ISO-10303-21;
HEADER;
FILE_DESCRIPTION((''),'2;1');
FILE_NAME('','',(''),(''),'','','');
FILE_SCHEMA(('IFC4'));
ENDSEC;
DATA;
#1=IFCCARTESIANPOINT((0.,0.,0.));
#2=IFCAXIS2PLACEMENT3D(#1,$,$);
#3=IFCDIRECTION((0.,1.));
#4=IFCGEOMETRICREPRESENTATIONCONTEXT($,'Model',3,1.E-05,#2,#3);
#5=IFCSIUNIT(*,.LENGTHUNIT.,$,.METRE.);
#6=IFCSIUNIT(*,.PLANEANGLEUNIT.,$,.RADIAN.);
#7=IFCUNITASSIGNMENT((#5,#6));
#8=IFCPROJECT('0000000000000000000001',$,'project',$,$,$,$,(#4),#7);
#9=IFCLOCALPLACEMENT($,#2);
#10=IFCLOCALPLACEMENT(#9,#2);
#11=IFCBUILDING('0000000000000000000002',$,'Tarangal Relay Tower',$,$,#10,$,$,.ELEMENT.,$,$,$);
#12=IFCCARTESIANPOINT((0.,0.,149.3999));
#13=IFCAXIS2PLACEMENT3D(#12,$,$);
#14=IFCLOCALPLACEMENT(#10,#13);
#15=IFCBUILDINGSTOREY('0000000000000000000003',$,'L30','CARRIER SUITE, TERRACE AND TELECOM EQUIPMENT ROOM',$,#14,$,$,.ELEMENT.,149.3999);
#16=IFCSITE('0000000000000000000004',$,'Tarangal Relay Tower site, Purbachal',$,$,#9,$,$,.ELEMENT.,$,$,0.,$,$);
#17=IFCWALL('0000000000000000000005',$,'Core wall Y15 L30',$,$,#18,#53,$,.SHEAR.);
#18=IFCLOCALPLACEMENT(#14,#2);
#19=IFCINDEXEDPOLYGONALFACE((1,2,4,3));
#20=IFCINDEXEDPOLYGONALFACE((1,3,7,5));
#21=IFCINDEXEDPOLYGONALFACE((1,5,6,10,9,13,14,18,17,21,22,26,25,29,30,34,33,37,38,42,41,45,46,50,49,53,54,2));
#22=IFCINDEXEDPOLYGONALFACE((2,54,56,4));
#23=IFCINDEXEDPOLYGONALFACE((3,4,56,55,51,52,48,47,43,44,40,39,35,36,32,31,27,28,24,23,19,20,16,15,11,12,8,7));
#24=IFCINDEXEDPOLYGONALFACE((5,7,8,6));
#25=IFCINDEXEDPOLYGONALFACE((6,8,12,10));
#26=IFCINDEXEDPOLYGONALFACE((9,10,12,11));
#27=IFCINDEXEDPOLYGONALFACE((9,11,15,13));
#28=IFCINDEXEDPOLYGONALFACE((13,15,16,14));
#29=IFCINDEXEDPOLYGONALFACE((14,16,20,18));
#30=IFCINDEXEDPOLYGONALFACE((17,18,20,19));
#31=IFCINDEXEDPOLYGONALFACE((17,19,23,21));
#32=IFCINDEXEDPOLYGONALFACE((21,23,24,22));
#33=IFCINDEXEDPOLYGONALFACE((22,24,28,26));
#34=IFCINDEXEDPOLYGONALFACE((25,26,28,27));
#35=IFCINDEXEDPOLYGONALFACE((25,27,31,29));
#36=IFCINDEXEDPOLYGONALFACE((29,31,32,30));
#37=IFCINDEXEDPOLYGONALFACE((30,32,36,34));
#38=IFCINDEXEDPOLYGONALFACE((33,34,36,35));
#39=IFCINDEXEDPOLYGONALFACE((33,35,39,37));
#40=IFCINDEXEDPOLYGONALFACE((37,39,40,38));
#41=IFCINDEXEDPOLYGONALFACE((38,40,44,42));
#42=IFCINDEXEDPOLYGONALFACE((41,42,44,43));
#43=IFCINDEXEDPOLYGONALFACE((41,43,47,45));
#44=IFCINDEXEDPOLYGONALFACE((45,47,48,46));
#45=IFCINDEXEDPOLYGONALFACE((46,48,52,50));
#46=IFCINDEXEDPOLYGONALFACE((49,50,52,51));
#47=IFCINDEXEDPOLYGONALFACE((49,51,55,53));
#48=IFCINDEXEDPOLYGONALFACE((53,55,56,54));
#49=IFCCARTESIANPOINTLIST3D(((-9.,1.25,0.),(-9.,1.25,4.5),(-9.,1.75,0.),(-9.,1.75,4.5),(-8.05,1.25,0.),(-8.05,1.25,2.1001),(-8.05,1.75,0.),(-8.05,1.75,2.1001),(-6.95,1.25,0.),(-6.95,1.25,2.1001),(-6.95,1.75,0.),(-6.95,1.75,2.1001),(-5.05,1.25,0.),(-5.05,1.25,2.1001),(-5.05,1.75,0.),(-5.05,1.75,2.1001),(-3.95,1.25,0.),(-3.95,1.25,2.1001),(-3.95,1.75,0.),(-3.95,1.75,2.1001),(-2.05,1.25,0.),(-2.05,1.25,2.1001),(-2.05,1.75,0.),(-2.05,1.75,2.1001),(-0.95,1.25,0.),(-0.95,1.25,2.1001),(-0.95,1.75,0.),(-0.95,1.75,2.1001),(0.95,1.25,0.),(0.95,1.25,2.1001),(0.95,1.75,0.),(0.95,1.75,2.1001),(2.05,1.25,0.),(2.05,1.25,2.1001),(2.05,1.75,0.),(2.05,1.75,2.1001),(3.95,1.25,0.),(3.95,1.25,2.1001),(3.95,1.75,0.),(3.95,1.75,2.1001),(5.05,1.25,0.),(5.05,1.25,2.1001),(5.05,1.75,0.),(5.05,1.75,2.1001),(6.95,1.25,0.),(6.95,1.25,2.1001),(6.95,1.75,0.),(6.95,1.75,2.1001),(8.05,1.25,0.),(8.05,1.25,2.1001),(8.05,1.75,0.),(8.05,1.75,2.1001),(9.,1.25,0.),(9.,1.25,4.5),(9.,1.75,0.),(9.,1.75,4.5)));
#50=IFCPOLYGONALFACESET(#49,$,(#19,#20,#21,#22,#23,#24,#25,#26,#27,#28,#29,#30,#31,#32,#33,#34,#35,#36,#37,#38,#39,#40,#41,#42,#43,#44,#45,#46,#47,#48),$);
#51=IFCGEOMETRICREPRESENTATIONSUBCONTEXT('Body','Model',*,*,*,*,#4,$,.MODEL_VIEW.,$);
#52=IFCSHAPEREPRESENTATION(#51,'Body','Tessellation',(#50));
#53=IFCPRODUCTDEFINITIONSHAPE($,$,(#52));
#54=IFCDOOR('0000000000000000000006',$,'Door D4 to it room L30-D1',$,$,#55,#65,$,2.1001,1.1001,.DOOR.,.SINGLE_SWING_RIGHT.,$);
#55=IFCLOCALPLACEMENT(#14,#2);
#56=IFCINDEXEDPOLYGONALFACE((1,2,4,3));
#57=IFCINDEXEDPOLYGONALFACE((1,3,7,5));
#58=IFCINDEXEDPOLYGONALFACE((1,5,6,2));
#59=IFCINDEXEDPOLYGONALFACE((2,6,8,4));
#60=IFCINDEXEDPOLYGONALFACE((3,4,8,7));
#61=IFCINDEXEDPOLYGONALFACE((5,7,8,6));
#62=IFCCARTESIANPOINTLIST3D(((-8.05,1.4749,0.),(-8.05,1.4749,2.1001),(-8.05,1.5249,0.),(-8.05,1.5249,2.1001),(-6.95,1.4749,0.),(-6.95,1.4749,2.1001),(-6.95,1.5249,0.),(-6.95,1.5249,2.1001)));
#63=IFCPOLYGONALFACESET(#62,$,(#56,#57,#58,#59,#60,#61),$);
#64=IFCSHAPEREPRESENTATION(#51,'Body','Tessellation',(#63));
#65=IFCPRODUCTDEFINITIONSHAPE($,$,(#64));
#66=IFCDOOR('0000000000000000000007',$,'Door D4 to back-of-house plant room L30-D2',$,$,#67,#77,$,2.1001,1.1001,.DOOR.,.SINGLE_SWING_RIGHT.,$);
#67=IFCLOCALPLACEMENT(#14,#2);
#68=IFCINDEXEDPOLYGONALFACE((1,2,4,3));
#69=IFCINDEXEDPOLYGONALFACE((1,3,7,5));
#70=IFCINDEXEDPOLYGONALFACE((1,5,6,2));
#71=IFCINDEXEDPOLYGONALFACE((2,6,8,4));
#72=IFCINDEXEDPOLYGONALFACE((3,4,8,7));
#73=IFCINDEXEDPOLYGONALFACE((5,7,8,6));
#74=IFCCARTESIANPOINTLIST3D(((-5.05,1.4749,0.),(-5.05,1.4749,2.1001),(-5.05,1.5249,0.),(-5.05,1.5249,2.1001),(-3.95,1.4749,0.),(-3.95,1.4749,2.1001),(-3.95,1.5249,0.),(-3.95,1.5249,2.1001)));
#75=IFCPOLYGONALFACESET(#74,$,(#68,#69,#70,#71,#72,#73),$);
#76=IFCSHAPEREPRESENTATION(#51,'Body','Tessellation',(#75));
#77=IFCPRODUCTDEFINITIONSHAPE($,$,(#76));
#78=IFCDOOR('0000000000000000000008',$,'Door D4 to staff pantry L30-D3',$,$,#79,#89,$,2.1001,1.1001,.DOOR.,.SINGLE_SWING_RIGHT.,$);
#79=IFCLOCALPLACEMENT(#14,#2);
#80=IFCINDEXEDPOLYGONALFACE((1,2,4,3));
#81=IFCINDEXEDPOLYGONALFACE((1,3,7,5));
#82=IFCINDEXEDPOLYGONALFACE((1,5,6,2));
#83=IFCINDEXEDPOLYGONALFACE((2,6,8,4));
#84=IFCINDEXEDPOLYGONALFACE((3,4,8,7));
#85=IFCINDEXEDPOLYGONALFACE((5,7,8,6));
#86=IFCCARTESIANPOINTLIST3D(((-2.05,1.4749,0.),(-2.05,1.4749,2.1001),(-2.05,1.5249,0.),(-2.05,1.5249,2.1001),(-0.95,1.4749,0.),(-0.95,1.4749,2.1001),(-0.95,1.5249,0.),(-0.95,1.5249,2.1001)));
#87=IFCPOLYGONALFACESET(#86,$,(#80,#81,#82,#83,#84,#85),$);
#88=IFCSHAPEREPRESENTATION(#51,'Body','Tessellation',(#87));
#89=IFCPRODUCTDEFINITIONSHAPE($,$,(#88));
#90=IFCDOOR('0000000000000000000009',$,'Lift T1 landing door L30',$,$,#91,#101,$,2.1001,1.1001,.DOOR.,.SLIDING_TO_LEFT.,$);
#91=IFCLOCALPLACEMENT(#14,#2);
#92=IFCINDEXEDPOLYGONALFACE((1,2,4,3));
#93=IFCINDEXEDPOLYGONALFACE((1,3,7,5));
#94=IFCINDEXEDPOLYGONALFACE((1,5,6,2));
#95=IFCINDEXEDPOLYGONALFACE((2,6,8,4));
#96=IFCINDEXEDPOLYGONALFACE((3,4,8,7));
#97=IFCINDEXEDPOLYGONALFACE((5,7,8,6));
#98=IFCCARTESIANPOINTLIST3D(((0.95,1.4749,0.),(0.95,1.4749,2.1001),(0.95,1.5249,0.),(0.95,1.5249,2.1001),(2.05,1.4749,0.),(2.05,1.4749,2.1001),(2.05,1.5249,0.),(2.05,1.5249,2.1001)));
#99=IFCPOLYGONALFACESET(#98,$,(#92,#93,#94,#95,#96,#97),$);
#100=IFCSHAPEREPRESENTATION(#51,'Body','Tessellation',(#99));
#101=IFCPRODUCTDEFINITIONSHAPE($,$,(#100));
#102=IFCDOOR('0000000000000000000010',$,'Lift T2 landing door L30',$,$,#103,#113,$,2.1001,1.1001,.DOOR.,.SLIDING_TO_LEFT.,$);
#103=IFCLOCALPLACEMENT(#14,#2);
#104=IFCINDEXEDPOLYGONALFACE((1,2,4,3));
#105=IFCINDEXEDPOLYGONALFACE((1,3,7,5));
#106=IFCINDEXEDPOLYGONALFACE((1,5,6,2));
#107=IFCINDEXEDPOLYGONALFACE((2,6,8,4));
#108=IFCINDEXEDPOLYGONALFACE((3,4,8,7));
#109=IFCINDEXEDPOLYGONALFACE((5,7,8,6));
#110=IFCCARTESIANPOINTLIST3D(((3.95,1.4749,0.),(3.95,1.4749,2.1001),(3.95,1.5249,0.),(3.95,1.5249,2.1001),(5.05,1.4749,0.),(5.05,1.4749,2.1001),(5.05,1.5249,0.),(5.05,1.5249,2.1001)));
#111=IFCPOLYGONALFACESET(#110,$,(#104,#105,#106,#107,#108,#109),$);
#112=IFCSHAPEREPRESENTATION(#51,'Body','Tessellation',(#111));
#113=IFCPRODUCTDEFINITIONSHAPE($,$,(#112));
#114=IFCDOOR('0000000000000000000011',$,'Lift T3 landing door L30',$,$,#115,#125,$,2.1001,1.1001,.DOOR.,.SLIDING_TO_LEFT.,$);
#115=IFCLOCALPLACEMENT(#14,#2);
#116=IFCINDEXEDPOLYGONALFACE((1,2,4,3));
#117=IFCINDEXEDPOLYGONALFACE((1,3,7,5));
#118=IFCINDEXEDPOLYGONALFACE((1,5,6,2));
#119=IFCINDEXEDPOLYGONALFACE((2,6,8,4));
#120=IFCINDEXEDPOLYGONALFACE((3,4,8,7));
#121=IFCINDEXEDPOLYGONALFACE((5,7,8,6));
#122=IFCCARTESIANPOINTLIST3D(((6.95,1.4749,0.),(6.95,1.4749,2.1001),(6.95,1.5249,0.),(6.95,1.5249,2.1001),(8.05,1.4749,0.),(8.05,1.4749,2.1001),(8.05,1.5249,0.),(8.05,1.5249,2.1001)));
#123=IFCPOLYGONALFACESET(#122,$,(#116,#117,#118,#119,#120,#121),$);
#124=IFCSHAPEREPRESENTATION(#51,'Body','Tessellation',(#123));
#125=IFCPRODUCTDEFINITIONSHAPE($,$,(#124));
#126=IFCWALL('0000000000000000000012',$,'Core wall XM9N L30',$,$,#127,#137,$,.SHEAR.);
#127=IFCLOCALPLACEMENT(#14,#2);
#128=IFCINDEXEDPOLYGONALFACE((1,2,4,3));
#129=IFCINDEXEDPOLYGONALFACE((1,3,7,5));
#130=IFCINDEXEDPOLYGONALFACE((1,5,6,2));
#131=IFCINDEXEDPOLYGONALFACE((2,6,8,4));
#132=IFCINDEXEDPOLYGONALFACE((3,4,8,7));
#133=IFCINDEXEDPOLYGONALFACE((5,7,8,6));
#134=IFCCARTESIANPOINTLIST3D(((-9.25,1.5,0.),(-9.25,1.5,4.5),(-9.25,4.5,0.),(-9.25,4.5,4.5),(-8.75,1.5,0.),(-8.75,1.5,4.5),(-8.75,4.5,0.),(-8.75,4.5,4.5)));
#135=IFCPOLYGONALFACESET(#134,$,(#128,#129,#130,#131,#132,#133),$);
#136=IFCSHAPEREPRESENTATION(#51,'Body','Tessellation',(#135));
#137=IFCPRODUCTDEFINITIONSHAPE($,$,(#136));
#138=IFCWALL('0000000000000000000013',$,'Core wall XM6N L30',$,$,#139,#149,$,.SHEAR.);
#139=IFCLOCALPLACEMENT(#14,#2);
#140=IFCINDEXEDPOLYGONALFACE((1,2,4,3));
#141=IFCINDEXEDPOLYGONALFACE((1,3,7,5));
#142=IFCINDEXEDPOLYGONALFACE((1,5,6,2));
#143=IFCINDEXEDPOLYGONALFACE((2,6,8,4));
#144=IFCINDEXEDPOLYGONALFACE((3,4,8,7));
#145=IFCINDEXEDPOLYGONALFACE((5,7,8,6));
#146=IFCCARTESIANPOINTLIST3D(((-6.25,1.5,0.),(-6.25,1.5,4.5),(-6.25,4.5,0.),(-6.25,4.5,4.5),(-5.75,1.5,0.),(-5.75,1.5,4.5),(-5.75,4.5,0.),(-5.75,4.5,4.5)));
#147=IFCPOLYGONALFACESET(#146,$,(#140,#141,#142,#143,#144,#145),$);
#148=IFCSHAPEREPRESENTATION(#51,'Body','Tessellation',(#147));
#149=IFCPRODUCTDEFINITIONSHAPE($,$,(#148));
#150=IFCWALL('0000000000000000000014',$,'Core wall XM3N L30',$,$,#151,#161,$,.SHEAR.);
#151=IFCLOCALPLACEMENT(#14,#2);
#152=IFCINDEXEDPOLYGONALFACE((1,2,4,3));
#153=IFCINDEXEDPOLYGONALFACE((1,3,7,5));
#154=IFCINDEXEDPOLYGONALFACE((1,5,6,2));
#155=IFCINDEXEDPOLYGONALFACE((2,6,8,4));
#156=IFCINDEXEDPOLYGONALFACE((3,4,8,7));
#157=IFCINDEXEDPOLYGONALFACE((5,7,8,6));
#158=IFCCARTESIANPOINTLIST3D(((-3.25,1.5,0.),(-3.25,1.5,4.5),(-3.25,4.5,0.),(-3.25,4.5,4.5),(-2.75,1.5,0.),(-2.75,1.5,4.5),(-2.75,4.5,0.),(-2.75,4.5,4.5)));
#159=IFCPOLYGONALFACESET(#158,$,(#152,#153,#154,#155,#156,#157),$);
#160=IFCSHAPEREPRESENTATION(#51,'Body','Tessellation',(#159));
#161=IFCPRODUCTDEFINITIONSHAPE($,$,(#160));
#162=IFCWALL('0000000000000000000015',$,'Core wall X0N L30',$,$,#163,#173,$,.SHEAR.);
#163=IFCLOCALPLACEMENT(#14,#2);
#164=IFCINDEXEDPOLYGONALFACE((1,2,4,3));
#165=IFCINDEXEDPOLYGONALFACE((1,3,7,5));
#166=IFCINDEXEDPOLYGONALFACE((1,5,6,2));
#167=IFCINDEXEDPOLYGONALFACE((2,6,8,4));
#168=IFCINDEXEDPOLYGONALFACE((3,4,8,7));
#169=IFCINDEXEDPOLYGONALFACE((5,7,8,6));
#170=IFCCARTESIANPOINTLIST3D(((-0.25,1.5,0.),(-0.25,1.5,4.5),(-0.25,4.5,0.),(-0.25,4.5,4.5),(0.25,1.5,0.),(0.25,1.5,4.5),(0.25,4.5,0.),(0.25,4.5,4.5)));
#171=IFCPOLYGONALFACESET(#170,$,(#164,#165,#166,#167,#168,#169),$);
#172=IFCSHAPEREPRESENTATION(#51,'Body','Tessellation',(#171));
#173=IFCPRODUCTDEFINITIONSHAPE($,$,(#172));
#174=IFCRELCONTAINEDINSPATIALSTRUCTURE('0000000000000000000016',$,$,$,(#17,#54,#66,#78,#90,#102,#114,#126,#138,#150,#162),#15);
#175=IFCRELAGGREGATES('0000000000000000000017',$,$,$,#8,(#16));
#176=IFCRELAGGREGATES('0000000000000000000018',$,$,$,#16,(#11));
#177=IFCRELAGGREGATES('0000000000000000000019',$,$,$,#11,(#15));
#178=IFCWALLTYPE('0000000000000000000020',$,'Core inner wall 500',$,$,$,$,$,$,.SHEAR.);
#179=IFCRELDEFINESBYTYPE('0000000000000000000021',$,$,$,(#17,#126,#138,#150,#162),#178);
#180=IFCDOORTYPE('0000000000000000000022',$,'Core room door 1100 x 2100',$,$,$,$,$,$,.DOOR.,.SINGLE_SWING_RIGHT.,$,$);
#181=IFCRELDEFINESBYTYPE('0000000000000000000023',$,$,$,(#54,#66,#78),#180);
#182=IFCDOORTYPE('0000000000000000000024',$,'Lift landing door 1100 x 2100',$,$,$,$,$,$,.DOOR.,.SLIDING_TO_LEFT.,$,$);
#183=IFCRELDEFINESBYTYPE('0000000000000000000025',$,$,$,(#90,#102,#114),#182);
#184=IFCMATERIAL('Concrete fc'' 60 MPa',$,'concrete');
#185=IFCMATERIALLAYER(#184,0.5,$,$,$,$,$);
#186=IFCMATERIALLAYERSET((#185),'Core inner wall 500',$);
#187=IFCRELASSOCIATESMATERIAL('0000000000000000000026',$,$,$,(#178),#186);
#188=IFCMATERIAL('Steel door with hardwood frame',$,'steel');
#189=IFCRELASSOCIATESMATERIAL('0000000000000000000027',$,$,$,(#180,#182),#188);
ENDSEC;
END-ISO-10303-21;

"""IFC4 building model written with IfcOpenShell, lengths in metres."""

from ifc_helpers import new_model, si_unit, direction, frame, frame_2d, origin, place, context, subcontext, project, spatial, rectangle, extrude, material, layer, layer_set, type_object, element, fill, save


model = new_model("IFC4")

# Units and contexts
model_context = context("Model", 3, precision=1e-05, world=origin(), true_north=direction((0.0, 1.0)))
body_context = subcontext(model_context, "Body", "Model", "MODEL_VIEW")
ifc_project = project(units=[si_unit("LENGTHUNIT", "METRE"), si_unit("PLANEANGLEUNIT", "RADIAN")], contexts=[model_context])

# Site, building, storey
site_placement = place(None, origin())
site = spatial("IfcSite", under=ifc_project, at=site_placement, Name="Tarangal Relay Tower site, Purbachal", CompositionType="ELEMENT", RefElevation=0.0)
building_placement = place(site_placement, origin())
building = spatial("IfcBuilding", under=site, at=building_placement, Name="Tarangal Relay Tower", CompositionType="ELEMENT")
storey_placement = place(building_placement, frame((0.0, 0.0, 149.3999)))
storey = spatial("IfcBuildingStorey", under=building, at=storey_placement, Name="L30", Description="CARRIER SUITE, TERRACE AND TELECOM EQUIPMENT ROOM", CompositionType="ELEMENT", Elevation=149.3999)

# Wall, openings, doors
ifc_material_1 = material(Name="Concrete fc' 60 MPa", Category="concrete")
ifc_layer_1 = layer(ifc_material_1, 0.5)
ifc_layer_set_1 = layer_set([ifc_layer_1], Name="Core inner wall 500")
wall_type_1 = type_object("IfcWallType", Name="Core inner wall 500", PredefinedType="SHEAR", material=ifc_layer_set_1)
wall_1_placement = place(storey_placement, frame((-9.0, 1.5, 0.0), z_axis=(0.0, 0.0, 1.0), x_axis=(1.0, 0.0, 0.0)))
wall_1 = element("IfcWall", 1, at=wall_1_placement, inside=storey, type_object=wall_type_1, Name="Core wall Y15 L30", PredefinedType="SHEAR", context=body_context, shape_type="SweptSolid", body=[
    extrude(rectangle(XDim=18.0, YDim=0.5, at=frame_2d((9.0, 0.0))), origin(), (0.0, 0.0, 1.0), 4.5),
])
opening_1_placement = place(wall_1_placement, frame((9.95, 0.0, 0.0)))
opening_1 = element("IfcOpeningElement", 2, at=opening_1_placement, cuts=wall_1, PredefinedType="OPENING", context=body_context, shape_type="SweptSolid", body=[
    extrude(rectangle(XDim=1.1001, YDim=2.1001, at=frame_2d((0.55, 1.05))), frame((0.0, 0.26, 0.0), z_axis=(0.0, -1.0, 0.0), x_axis=(1.0, 0.0, 0.0)), (0.0, 0.0, 1.0), 0.52),
])
opening_2_placement = place(wall_1_placement, frame((12.95, 0.0, 0.0)))
opening_2 = element("IfcOpeningElement", 3, at=opening_2_placement, cuts=wall_1, PredefinedType="OPENING", context=body_context, shape_type="SweptSolid", body=[
    extrude(rectangle(XDim=1.1001, YDim=2.1001, at=frame_2d((0.55, 1.05))), frame((0.0, 0.26, 0.0), z_axis=(0.0, -1.0, 0.0), x_axis=(1.0, 0.0, 0.0)), (0.0, 0.0, 1.0), 0.52),
])
opening_3_placement = place(wall_1_placement, frame((15.95, 0.0, 0.0)))
opening_3 = element("IfcOpeningElement", 4, at=opening_3_placement, cuts=wall_1, PredefinedType="OPENING", context=body_context, shape_type="SweptSolid", body=[
    extrude(rectangle(XDim=1.1001, YDim=2.1001, at=frame_2d((0.55, 1.05))), frame((0.0, 0.26, 0.0), z_axis=(0.0, -1.0, 0.0), x_axis=(1.0, 0.0, 0.0)), (0.0, 0.0, 1.0), 0.52),
])
opening_4_placement = place(wall_1_placement, frame((0.95, 0.0, 0.0)))
opening_4 = element("IfcOpeningElement", 5, at=opening_4_placement, cuts=wall_1, PredefinedType="OPENING", context=body_context, shape_type="SweptSolid", body=[
    extrude(rectangle(XDim=1.1001, YDim=2.1001, at=frame_2d((0.55, 1.05))), frame((0.0, 0.26, 0.0), z_axis=(0.0, -1.0, 0.0), x_axis=(1.0, 0.0, 0.0)), (0.0, 0.0, 1.0), 0.52),
])
opening_5_placement = place(wall_1_placement, frame((3.95, 0.0, 0.0)))
opening_5 = element("IfcOpeningElement", 6, at=opening_5_placement, cuts=wall_1, PredefinedType="OPENING", context=body_context, shape_type="SweptSolid", body=[
    extrude(rectangle(XDim=1.1001, YDim=2.1001, at=frame_2d((0.55, 1.05))), frame((0.0, 0.26, 0.0), z_axis=(0.0, -1.0, 0.0), x_axis=(1.0, 0.0, 0.0)), (0.0, 0.0, 1.0), 0.52),
])
opening_6_placement = place(wall_1_placement, frame((6.95, 0.0, 0.0)))
opening_6 = element("IfcOpeningElement", 7, at=opening_6_placement, cuts=wall_1, PredefinedType="OPENING", context=body_context, shape_type="SweptSolid", body=[
    extrude(rectangle(XDim=1.1001, YDim=2.1001, at=frame_2d((0.55, 1.05))), frame((0.0, 0.26, 0.0), z_axis=(0.0, -1.0, 0.0), x_axis=(1.0, 0.0, 0.0)), (0.0, 0.0, 1.0), 0.52),
])
ifc_material_2 = material(Name="Steel door with hardwood frame", Category="steel")
door_type_1 = type_object("IfcDoorType", Name="Core room door 1100 x 2100", OperationType="SINGLE_SWING_RIGHT", PredefinedType="DOOR", material=ifc_material_2)
door_1_placement = place(opening_4_placement, origin())
door_1 = element("IfcDoor", 8, at=door_1_placement, inside=storey, type_object=door_type_1, Name="Door D4 to it room L30-D1", OperationType="SINGLE_SWING_RIGHT", OverallHeight=2.1001, OverallWidth=1.1001, PredefinedType="DOOR", context=body_context, shape_type="SweptSolid", body=[
    extrude(rectangle(XDim=1.1001, YDim=2.1001, at=frame_2d((0.55, 1.05))), frame((0.0, 0.0249, 0.0), z_axis=(0.0, -1.0, 0.0), x_axis=(1.0, 0.0, 0.0)), (0.0, 0.0, 1.0), 0.05),
])
fill(opening_4, door_1)
door_2_placement = place(opening_5_placement, origin())
door_2 = element("IfcDoor", 9, at=door_2_placement, inside=storey, type_object=door_type_1, Name="Door D4 to back-of-house plant room L30-D2", OperationType="SINGLE_SWING_RIGHT", OverallHeight=2.1001, OverallWidth=1.1001, PredefinedType="DOOR", context=body_context, shape_type="SweptSolid", body=[
    extrude(rectangle(XDim=1.1001, YDim=2.1001, at=frame_2d((0.55, 1.05))), frame((0.0, 0.0249, 0.0), z_axis=(0.0, -1.0, 0.0), x_axis=(1.0, 0.0, 0.0)), (0.0, 0.0, 1.0), 0.05),
])
fill(opening_5, door_2)
door_3_placement = place(opening_6_placement, origin())
door_3 = element("IfcDoor", 10, at=door_3_placement, inside=storey, type_object=door_type_1, Name="Door D4 to staff pantry L30-D3", OperationType="SINGLE_SWING_RIGHT", OverallHeight=2.1001, OverallWidth=1.1001, PredefinedType="DOOR", context=body_context, shape_type="SweptSolid", body=[
    extrude(rectangle(XDim=1.1001, YDim=2.1001, at=frame_2d((0.55, 1.05))), frame((0.0, 0.0249, 0.0), z_axis=(0.0, -1.0, 0.0), x_axis=(1.0, 0.0, 0.0)), (0.0, 0.0, 1.0), 0.05),
])
fill(opening_6, door_3)
door_type_2 = type_object("IfcDoorType", Name="Lift landing door 1100 x 2100", OperationType="SLIDING_TO_LEFT", PredefinedType="DOOR", material=ifc_material_2)
door_4_placement = place(opening_1_placement, origin())
door_4 = element("IfcDoor", 11, at=door_4_placement, inside=storey, type_object=door_type_2, Name="Lift T1 landing door L30", OperationType="SLIDING_TO_LEFT", OverallHeight=2.1001, OverallWidth=1.1001, PredefinedType="DOOR", context=body_context, shape_type="SweptSolid", body=[
    extrude(rectangle(XDim=1.1001, YDim=2.1001, at=frame_2d((0.55, 1.05))), frame((0.0, 0.0249, 0.0), z_axis=(0.0, -1.0, 0.0), x_axis=(1.0, 0.0, 0.0)), (0.0, 0.0, 1.0), 0.05),
])
fill(opening_1, door_4)
door_5_placement = place(opening_2_placement, origin())
door_5 = element("IfcDoor", 12, at=door_5_placement, inside=storey, type_object=door_type_2, Name="Lift T2 landing door L30", OperationType="SLIDING_TO_LEFT", OverallHeight=2.1001, OverallWidth=1.1001, PredefinedType="DOOR", context=body_context, shape_type="SweptSolid", body=[
    extrude(rectangle(XDim=1.1001, YDim=2.1001, at=frame_2d((0.55, 1.05))), frame((0.0, 0.0249, 0.0), z_axis=(0.0, -1.0, 0.0), x_axis=(1.0, 0.0, 0.0)), (0.0, 0.0, 1.0), 0.05),
])
fill(opening_2, door_5)
door_6_placement = place(opening_3_placement, origin())
door_6 = element("IfcDoor", 13, at=door_6_placement, inside=storey, type_object=door_type_2, Name="Lift T3 landing door L30", OperationType="SLIDING_TO_LEFT", OverallHeight=2.1001, OverallWidth=1.1001, PredefinedType="DOOR", context=body_context, shape_type="SweptSolid", body=[
    extrude(rectangle(XDim=1.1001, YDim=2.1001, at=frame_2d((0.55, 1.05))), frame((0.0, 0.0249, 0.0), z_axis=(0.0, -1.0, 0.0), x_axis=(1.0, 0.0, 0.0)), (0.0, 0.0, 1.0), 0.05),
])
fill(opening_3, door_6)

# Walls
for number, where, z_axis, x_axis, name in (
    (14, (-9.0, 1.5, 0.0), (0.0, 0.0, 1.0), (0.0, 1.0, 0.0), "Core wall XM9N L30"),
    (15, (-6.0, 1.5, 0.0), (0.0, 0.0, 1.0), (0.0, 1.0, 0.0), "Core wall XM6N L30"),
    (16, (-3.0, 1.5, 0.0), (0.0, 0.0, 1.0), (0.0, 1.0, 0.0), "Core wall XM3N L30"),
    (17, (0.0, 1.5, 0.0), (0.0, 0.0, 1.0), (0.0, 1.0, 0.0), "Core wall X0N L30"),
):
    element("IfcWall", number, at=place(storey_placement, frame(where, z_axis=z_axis, x_axis=x_axis)), inside=storey, type_object=wall_type_1, Name=name, PredefinedType="SHEAR", context=body_context, shape_type="SweptSolid", body=[
        extrude(rectangle(XDim=3.0, YDim=0.5, at=frame_2d((1.5, 0.0))), origin(), (0.0, 0.0, 1.0), 4.5),
    ])

save(model, "model.ifc")
